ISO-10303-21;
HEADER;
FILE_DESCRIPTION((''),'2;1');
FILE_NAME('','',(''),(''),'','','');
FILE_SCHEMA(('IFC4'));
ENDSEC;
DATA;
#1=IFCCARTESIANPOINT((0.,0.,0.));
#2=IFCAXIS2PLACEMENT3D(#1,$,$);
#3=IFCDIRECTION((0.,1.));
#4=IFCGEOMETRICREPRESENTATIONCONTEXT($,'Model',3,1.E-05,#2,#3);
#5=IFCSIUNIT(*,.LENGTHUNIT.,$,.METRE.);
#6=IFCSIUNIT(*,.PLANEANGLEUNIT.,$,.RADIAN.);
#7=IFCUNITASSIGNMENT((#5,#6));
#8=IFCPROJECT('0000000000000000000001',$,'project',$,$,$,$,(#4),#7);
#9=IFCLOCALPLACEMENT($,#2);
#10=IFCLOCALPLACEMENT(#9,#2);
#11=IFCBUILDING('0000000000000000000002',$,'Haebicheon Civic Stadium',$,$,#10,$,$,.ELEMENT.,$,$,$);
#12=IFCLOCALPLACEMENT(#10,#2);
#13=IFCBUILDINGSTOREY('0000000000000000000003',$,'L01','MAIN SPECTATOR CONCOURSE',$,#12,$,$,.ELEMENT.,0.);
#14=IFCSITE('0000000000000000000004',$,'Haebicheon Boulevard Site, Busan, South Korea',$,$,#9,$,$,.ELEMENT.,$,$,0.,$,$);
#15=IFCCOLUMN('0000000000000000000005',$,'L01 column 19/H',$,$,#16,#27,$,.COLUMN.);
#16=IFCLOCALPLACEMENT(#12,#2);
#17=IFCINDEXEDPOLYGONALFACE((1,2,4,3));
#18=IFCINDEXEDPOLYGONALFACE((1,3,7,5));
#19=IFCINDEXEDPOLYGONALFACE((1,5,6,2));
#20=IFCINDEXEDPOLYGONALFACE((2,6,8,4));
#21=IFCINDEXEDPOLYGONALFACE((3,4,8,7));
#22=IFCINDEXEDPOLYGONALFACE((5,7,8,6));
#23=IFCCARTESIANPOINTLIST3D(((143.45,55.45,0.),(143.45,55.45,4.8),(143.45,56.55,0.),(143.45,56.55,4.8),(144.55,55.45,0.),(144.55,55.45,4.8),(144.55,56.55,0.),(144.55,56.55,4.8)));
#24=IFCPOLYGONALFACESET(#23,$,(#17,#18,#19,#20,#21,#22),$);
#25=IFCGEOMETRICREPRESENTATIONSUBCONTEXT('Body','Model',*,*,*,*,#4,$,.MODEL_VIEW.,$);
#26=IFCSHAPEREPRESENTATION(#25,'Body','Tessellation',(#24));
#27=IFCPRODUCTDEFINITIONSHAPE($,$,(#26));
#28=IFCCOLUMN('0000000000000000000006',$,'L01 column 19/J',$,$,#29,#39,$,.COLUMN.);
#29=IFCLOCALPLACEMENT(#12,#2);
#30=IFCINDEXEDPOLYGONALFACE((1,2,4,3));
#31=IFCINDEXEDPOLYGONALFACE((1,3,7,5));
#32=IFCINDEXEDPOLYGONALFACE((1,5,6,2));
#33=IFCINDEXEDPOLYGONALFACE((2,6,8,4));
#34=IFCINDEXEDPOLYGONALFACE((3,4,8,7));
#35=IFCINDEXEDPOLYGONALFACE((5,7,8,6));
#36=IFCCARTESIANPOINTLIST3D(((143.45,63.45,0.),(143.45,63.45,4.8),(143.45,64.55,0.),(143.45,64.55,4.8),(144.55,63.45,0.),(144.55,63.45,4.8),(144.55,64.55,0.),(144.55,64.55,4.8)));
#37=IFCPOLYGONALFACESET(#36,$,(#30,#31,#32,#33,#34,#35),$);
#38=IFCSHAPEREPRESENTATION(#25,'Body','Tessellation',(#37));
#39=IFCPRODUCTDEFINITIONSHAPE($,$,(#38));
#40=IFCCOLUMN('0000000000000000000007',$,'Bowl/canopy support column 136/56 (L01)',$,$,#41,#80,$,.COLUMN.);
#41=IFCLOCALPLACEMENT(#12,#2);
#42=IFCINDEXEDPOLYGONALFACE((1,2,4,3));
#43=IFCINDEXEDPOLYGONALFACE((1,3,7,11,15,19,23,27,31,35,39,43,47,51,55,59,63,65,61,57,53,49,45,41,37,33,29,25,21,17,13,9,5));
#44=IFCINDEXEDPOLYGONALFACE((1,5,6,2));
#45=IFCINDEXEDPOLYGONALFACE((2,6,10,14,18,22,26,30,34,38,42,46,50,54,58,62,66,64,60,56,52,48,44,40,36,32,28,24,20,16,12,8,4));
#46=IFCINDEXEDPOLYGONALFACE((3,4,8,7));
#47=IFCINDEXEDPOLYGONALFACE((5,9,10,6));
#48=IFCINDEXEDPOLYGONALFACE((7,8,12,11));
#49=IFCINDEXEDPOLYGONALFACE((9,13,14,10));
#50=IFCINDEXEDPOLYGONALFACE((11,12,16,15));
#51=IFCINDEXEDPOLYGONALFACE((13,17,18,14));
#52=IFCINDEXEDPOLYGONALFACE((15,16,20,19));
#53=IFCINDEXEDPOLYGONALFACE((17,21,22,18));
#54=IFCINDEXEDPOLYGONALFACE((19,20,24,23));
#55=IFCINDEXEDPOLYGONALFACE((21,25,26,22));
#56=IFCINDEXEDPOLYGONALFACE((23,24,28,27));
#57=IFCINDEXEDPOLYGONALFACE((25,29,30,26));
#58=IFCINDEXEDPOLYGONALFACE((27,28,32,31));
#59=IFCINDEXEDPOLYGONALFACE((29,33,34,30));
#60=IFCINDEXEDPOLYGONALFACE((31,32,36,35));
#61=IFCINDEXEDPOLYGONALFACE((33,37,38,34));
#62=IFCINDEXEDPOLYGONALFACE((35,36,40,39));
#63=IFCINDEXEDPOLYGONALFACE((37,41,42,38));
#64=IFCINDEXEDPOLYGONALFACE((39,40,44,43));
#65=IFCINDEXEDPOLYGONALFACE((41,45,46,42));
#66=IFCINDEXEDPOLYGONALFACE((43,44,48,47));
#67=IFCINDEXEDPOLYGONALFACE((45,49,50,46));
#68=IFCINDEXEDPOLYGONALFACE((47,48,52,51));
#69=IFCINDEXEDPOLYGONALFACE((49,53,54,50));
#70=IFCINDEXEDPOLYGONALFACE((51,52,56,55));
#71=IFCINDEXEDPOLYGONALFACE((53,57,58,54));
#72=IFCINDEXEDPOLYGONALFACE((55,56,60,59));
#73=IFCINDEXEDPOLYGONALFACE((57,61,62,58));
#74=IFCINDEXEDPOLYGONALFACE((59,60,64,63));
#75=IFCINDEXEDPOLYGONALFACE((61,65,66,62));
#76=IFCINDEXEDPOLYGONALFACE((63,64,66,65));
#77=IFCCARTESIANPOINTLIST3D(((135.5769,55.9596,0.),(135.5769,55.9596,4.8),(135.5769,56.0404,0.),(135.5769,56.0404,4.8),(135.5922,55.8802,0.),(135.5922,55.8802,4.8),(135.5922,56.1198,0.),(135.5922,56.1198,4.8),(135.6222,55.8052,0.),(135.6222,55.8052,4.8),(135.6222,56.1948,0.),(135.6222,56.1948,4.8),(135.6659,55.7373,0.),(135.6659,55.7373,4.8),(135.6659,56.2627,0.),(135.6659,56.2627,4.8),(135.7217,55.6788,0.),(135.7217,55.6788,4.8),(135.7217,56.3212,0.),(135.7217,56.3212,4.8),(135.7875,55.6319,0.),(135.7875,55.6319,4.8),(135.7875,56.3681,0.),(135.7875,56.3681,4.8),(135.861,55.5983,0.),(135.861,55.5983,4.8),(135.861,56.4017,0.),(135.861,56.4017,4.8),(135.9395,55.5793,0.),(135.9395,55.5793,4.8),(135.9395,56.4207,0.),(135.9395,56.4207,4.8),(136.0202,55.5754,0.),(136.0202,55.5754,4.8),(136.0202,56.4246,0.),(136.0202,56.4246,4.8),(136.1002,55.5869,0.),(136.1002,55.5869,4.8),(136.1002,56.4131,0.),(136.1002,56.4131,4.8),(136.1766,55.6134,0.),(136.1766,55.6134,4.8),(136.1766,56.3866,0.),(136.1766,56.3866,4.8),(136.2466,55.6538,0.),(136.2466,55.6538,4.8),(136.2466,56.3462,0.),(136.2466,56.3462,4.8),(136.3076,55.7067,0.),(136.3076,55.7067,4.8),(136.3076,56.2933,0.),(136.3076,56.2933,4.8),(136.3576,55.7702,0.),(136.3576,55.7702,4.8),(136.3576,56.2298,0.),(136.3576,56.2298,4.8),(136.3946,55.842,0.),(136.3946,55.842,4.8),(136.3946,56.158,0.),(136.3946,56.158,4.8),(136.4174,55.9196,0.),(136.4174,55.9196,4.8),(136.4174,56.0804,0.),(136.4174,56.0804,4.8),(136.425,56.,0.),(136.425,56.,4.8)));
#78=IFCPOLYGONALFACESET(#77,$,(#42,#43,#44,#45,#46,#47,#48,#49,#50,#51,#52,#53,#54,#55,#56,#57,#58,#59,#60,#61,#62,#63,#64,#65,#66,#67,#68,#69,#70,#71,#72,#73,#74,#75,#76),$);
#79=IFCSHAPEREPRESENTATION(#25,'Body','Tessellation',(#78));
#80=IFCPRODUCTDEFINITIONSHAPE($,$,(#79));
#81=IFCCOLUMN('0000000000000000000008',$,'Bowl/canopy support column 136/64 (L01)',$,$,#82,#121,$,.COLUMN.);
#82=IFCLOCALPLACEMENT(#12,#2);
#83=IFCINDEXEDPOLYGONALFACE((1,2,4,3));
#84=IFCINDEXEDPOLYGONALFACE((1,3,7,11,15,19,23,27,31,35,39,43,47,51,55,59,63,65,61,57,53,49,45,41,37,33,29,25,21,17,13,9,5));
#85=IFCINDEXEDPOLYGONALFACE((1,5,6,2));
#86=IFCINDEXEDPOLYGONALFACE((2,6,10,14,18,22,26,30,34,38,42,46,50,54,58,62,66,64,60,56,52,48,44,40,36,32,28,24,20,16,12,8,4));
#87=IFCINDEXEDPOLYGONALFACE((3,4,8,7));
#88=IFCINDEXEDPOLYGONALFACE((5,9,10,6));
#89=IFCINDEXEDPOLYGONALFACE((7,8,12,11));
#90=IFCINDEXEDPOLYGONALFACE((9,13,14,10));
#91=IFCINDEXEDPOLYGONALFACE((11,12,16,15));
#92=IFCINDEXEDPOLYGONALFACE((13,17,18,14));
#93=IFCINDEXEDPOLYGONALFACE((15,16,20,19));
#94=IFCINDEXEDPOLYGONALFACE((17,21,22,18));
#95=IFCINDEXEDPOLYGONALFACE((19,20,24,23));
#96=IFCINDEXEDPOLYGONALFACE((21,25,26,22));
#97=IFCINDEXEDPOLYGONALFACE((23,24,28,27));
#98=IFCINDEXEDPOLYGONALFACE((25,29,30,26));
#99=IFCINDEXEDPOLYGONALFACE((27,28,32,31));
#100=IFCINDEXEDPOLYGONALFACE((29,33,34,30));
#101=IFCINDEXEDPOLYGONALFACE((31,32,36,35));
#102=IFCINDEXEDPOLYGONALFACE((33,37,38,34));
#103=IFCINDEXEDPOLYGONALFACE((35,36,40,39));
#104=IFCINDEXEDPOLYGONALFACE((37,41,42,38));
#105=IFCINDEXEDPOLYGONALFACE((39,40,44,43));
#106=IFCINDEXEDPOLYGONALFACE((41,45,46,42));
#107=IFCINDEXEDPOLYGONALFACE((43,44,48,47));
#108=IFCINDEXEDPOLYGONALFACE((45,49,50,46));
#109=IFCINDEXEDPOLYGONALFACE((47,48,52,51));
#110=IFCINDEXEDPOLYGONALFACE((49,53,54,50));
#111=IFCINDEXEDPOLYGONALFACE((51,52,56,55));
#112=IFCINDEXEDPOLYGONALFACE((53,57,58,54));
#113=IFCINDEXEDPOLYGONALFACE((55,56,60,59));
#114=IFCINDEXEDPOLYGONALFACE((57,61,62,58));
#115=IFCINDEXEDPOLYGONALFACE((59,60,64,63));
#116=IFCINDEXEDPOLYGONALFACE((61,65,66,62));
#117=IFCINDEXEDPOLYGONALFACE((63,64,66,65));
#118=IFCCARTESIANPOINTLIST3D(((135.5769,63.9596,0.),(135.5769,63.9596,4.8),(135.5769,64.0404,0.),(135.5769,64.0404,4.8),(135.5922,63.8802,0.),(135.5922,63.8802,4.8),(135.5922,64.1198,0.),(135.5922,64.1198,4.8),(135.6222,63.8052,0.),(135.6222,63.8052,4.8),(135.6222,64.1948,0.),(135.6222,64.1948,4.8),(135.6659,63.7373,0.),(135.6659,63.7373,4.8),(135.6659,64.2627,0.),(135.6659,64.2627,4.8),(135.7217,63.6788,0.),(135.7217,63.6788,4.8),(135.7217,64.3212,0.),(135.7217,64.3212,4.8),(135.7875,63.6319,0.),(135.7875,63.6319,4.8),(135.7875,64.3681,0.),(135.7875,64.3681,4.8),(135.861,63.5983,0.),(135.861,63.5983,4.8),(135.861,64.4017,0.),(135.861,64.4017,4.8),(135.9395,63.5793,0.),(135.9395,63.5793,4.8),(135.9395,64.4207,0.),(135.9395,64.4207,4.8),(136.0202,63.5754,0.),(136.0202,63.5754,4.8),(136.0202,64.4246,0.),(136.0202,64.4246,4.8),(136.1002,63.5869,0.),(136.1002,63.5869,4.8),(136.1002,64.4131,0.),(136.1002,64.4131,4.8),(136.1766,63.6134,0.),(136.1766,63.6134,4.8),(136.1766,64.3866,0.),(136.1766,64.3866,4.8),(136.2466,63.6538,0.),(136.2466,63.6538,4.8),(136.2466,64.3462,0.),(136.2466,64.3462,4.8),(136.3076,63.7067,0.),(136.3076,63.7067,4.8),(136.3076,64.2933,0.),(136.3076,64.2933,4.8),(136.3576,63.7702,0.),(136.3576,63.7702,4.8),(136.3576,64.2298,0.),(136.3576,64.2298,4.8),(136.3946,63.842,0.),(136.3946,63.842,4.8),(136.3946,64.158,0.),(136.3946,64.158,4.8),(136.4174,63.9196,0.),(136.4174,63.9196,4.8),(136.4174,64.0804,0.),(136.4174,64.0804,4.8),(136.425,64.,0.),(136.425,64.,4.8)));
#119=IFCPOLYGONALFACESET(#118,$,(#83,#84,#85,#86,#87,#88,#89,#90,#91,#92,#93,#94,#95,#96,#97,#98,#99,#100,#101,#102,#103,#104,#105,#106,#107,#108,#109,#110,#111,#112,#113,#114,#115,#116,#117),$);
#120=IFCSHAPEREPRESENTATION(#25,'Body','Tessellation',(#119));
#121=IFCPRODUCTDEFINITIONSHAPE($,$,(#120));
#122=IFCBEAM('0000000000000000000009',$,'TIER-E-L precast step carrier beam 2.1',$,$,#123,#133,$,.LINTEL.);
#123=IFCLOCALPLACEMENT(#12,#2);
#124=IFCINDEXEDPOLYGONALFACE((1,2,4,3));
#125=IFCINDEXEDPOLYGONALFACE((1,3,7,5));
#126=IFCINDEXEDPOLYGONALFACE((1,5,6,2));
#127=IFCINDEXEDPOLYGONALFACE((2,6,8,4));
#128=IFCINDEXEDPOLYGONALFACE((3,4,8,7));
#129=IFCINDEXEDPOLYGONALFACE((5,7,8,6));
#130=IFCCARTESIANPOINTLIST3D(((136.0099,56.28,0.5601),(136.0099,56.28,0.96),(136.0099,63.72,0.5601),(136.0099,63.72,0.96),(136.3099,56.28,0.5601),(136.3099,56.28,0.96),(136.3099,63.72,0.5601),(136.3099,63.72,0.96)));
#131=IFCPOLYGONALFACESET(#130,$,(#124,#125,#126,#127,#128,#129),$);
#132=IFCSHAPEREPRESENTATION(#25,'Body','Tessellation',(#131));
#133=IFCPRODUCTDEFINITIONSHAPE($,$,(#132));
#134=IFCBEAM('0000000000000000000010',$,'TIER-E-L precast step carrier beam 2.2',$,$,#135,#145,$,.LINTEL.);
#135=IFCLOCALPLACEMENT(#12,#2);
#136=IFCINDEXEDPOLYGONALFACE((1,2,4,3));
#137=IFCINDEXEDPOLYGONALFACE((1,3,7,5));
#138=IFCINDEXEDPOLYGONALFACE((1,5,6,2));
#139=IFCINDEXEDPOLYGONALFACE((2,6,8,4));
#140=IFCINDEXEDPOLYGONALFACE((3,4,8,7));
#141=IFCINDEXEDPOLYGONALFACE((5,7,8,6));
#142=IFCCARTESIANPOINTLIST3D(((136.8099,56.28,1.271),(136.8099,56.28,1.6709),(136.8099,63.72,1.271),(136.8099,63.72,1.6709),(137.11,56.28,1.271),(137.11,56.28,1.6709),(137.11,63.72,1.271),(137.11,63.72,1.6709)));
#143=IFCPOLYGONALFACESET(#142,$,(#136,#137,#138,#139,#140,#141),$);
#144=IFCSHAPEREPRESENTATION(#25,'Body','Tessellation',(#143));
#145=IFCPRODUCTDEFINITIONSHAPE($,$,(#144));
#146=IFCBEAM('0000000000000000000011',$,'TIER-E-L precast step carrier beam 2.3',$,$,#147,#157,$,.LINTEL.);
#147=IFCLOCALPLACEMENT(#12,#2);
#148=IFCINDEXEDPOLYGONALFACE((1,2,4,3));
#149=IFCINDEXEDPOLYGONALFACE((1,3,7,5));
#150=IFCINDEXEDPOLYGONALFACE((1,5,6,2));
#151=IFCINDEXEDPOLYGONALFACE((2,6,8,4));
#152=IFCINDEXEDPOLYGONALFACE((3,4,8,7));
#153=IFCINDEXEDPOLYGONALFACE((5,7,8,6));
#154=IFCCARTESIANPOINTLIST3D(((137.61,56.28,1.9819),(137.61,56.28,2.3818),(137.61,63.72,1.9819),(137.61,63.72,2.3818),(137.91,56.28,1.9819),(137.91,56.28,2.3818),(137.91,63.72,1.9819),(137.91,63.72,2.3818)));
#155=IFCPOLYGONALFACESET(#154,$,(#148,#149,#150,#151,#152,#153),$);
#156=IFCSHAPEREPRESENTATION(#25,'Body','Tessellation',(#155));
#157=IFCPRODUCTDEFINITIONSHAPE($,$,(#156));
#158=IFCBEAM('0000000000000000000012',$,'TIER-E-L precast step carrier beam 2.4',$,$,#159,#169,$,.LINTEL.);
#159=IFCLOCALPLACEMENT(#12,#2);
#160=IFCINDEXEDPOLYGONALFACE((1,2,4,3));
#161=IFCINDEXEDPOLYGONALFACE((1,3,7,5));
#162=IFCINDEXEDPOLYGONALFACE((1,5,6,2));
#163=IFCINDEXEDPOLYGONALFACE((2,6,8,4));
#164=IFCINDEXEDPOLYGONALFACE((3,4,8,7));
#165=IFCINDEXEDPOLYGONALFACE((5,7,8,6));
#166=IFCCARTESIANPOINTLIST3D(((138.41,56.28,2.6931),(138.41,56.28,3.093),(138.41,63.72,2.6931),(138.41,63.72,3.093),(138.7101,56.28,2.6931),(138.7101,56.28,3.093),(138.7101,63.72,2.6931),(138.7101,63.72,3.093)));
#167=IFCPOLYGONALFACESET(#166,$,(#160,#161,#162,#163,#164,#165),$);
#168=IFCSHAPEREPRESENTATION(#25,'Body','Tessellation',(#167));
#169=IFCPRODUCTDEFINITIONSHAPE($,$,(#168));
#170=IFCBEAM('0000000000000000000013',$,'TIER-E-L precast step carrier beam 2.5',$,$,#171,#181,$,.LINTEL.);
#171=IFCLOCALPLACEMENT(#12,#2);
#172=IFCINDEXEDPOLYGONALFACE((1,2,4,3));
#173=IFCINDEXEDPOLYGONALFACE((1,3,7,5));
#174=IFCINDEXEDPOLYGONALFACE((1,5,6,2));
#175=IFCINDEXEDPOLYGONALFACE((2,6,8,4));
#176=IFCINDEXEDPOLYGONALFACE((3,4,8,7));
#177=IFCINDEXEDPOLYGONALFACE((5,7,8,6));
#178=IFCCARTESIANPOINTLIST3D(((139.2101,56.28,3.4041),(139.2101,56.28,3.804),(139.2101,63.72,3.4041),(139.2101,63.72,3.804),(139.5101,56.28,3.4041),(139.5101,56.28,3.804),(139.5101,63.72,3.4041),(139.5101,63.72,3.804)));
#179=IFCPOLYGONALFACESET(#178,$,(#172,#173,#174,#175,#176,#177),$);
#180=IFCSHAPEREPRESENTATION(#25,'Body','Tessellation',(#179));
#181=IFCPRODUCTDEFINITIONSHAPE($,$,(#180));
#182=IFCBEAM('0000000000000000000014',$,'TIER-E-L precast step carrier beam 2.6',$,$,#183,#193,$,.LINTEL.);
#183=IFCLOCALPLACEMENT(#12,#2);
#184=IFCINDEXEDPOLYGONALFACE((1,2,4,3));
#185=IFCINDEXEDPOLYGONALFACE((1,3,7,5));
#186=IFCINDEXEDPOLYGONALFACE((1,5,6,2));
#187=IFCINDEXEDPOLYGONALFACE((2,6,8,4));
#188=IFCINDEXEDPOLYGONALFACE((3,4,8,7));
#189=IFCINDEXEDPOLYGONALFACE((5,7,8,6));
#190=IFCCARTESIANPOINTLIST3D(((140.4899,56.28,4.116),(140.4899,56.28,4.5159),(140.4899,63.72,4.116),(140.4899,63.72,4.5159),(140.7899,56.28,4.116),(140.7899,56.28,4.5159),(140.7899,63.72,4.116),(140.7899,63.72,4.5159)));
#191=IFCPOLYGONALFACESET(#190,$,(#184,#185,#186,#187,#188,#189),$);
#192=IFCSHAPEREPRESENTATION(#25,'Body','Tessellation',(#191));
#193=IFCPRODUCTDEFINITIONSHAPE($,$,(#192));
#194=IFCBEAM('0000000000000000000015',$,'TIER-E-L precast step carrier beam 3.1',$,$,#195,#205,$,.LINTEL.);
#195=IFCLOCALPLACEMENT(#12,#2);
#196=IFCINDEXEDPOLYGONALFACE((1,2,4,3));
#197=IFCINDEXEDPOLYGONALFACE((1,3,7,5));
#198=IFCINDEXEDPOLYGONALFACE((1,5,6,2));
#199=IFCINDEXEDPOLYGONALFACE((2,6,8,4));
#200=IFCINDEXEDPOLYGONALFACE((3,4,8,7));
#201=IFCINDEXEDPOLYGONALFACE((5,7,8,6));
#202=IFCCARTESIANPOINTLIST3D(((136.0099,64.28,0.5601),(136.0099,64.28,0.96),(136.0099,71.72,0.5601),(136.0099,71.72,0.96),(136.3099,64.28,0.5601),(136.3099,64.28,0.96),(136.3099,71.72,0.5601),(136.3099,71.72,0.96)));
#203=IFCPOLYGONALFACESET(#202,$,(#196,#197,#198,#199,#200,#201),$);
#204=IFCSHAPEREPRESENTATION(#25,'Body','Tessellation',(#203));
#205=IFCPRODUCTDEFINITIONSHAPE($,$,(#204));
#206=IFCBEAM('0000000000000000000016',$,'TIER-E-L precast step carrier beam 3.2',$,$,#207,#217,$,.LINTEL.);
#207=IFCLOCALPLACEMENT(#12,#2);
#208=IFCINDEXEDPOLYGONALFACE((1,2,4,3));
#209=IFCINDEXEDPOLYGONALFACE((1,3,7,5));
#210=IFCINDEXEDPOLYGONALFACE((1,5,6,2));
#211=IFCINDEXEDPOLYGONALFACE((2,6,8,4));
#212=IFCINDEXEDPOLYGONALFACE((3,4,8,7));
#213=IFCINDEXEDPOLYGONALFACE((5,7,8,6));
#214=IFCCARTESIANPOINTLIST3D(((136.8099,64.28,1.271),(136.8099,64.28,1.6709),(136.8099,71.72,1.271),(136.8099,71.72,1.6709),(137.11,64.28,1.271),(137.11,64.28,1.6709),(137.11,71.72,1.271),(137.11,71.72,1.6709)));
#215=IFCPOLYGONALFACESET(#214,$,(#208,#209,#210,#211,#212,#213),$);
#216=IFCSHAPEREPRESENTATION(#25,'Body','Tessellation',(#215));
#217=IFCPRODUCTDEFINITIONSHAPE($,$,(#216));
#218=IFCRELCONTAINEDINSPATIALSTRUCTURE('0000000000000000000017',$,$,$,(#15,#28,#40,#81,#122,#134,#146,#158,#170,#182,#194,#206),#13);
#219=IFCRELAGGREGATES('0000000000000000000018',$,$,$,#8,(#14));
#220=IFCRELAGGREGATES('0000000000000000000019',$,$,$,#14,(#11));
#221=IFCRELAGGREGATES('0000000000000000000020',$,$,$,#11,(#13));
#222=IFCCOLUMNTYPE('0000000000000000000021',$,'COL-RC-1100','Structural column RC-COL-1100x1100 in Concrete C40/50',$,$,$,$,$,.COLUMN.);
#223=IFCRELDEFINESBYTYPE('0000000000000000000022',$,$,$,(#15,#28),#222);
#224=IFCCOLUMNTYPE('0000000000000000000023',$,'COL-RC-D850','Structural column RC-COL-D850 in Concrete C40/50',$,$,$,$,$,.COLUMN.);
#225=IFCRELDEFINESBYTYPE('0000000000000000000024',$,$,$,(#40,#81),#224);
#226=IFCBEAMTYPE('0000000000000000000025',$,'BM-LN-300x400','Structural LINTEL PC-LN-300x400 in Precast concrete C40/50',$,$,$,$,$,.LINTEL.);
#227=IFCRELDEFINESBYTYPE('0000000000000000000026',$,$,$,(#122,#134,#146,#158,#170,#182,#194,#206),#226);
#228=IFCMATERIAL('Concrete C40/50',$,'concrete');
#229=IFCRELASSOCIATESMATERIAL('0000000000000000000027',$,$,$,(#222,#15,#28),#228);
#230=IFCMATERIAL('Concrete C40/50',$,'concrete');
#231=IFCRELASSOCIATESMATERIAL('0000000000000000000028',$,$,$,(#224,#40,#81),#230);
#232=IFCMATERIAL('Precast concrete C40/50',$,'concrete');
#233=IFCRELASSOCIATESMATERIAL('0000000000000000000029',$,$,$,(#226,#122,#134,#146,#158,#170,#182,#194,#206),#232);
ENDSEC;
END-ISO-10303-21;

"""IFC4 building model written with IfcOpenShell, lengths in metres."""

from ifc_helpers import new_model, si_unit, direction, frame, origin, origin_2d, place, context, subcontext, project, spatial, rectangle, circle, extrude, material, material_profile, profile_set, type_object, element, save


model = new_model("IFC4")

# Units and contexts
model_context = context("Model", 3, precision=1e-05, world=origin(), true_north=direction((0.0, 1.0)))
body_context = subcontext(model_context, "Body", "Model", "MODEL_VIEW")
ifc_project = project(units=[si_unit("LENGTHUNIT", "METRE"), si_unit("PLANEANGLEUNIT", "RADIAN")], contexts=[model_context])

# Site, building, storey
site_placement = place(None, origin())
site = spatial("IfcSite", under=ifc_project, at=site_placement, Name="Haebicheon Boulevard Site, Busan, South Korea", CompositionType="ELEMENT", RefElevation=0.0)
building_placement = place(site_placement, origin())
building = spatial("IfcBuilding", under=site, at=building_placement, Name="Haebicheon Civic Stadium", CompositionType="ELEMENT")
storey_placement = place(building_placement, origin())
storey = spatial("IfcBuildingStorey", under=building, at=storey_placement, Name="L01", Description="MAIN SPECTATOR CONCOURSE", CompositionType="ELEMENT", Elevation=0.0)

# Columns
ifc_material_1 = material(Name="Concrete C40/50", Category="concrete")
ifc_material_profile_1 = material_profile(ifc_material_1, rectangle(XDim=1.1001, YDim=1.1001, at=origin_2d()), Name="RC-COL-1100x1100")
ifc_profile_set_1 = profile_set([ifc_material_profile_1], Name="Concrete C40/50")
column_type_1 = type_object("IfcColumnType", Name="COL-RC-1100", Description="Structural column RC-COL-1100x1100 in Concrete C40/50", PredefinedType="COLUMN", material=ifc_profile_set_1)
for number, where, z_axis, x_axis, name in (
    (1, (144.0, 56.0, 0.0), (0.0, 0.0, 1.0), (1.0, 0.0, 0.0), "L01 column 19/H"),
    (2, (144.0, 64.0, 0.0), (0.0, 0.0, 1.0), (1.0, 0.0, 0.0), "L01 column 19/J"),
):
    element("IfcColumn", number, at=place(storey_placement, frame(where, z_axis=z_axis, x_axis=x_axis)), inside=storey, type_object=column_type_1, material=ifc_profile_set_1, Name=name, PredefinedType="COLUMN", context=body_context, shape_type="SweptSolid", body=[
        extrude(rectangle(XDim=1.1001, YDim=1.1001, at=origin_2d()), origin(), (0.0, 0.0, 1.0), 4.8),
    ])
ifc_material_2 = material(Name="Concrete C40/50", Category="concrete")
ifc_material_profile_2 = material_profile(ifc_material_2, circle(Radius=0.425, at=origin_2d()), Name="RC-COL-D850")
ifc_profile_set_2 = profile_set([ifc_material_profile_2], Name="Concrete C40/50")
column_type_2 = type_object("IfcColumnType", Name="COL-RC-D850", Description="Structural column RC-COL-D850 in Concrete C40/50", PredefinedType="COLUMN", material=ifc_profile_set_2)
for number, where, z_axis, x_axis, name in (
    (3, (136.0, 56.0, 0.0), (0.0, 0.0, 1.0), (1.0, 0.0, 0.0), "Bowl/canopy support column 136/56 (L01)"),
    (4, (136.0, 64.0, 0.0), (0.0, 0.0, 1.0), (1.0, 0.0, 0.0), "Bowl/canopy support column 136/64 (L01)"),
):
    element("IfcColumn", number, at=place(storey_placement, frame(where, z_axis=z_axis, x_axis=x_axis)), inside=storey, type_object=column_type_2, material=ifc_profile_set_2, Name=name, PredefinedType="COLUMN", context=body_context, shape_type="SweptSolid", body=[
        extrude(circle(Radius=0.425, at=origin_2d()), origin(), (0.0, 0.0, 1.0), 4.8),
    ])

# Beams
ifc_material_3 = material(Name="Precast concrete C40/50", Category="concrete")
ifc_material_profile_3 = material_profile(ifc_material_3, rectangle(XDim=0.3, YDim=0.3999, at=origin_2d()), Name="PC-LN-300x400")
ifc_profile_set_3 = profile_set([ifc_material_profile_3], Name="Precast concrete C40/50")
beam_type_1 = type_object("IfcBeamType", Name="BM-LN-300x400", Description="Structural LINTEL PC-LN-300x400 in Precast concrete C40/50", PredefinedType="LINTEL", material=ifc_profile_set_3)
for number, where, z_axis, x_axis, name in (
    (5, (136.1599, 56.28, 0.76), (0.0, 1.0, 0.0), (-1.0, 0.0, 0.0), "TIER-E-L precast step carrier beam 2.1"),
    (6, (136.96, 56.28, 1.4709), (0.0, 1.0, 0.0), (-1.0, 0.0, 0.0), "TIER-E-L precast step carrier beam 2.2"),
    (7, (137.76, 56.28, 2.1819), (0.0, 1.0, 0.0), (-1.0, 0.0, 0.0), "TIER-E-L precast step carrier beam 2.3"),
    (8, (138.5601, 56.28, 2.8931), (0.0, 1.0, 0.0), (-1.0, 0.0, 0.0), "TIER-E-L precast step carrier beam 2.4"),
    (9, (139.3601, 56.28, 3.604), (0.0, 1.0, 0.0), (-1.0, 0.0, 0.0), "TIER-E-L precast step carrier beam 2.5"),
    (10, (140.6399, 56.28, 4.3159), (0.0, 1.0, 0.0), (-1.0, 0.0, 0.0), "TIER-E-L precast step carrier beam 2.6"),
    (11, (136.1599, 64.28, 0.76), (0.0, 1.0, 0.0), (-1.0, 0.0, 0.0), "TIER-E-L precast step carrier beam 3.1"),
    (12, (136.96, 64.28, 1.4709), (0.0, 1.0, 0.0), (-1.0, 0.0, 0.0), "TIER-E-L precast step carrier beam 3.2"),
):
    element("IfcBeam", number, at=place(storey_placement, frame(where, z_axis=z_axis, x_axis=x_axis)), inside=storey, type_object=beam_type_1, material=ifc_profile_set_3, Name=name, PredefinedType="LINTEL", context=body_context, shape_type="SweptSolid", body=[
        extrude(rectangle(XDim=0.3, YDim=0.3999, at=origin_2d()), origin(), (0.0, 0.0, 1.0), 7.4399),
    ])

save(model, "model.ifc")
